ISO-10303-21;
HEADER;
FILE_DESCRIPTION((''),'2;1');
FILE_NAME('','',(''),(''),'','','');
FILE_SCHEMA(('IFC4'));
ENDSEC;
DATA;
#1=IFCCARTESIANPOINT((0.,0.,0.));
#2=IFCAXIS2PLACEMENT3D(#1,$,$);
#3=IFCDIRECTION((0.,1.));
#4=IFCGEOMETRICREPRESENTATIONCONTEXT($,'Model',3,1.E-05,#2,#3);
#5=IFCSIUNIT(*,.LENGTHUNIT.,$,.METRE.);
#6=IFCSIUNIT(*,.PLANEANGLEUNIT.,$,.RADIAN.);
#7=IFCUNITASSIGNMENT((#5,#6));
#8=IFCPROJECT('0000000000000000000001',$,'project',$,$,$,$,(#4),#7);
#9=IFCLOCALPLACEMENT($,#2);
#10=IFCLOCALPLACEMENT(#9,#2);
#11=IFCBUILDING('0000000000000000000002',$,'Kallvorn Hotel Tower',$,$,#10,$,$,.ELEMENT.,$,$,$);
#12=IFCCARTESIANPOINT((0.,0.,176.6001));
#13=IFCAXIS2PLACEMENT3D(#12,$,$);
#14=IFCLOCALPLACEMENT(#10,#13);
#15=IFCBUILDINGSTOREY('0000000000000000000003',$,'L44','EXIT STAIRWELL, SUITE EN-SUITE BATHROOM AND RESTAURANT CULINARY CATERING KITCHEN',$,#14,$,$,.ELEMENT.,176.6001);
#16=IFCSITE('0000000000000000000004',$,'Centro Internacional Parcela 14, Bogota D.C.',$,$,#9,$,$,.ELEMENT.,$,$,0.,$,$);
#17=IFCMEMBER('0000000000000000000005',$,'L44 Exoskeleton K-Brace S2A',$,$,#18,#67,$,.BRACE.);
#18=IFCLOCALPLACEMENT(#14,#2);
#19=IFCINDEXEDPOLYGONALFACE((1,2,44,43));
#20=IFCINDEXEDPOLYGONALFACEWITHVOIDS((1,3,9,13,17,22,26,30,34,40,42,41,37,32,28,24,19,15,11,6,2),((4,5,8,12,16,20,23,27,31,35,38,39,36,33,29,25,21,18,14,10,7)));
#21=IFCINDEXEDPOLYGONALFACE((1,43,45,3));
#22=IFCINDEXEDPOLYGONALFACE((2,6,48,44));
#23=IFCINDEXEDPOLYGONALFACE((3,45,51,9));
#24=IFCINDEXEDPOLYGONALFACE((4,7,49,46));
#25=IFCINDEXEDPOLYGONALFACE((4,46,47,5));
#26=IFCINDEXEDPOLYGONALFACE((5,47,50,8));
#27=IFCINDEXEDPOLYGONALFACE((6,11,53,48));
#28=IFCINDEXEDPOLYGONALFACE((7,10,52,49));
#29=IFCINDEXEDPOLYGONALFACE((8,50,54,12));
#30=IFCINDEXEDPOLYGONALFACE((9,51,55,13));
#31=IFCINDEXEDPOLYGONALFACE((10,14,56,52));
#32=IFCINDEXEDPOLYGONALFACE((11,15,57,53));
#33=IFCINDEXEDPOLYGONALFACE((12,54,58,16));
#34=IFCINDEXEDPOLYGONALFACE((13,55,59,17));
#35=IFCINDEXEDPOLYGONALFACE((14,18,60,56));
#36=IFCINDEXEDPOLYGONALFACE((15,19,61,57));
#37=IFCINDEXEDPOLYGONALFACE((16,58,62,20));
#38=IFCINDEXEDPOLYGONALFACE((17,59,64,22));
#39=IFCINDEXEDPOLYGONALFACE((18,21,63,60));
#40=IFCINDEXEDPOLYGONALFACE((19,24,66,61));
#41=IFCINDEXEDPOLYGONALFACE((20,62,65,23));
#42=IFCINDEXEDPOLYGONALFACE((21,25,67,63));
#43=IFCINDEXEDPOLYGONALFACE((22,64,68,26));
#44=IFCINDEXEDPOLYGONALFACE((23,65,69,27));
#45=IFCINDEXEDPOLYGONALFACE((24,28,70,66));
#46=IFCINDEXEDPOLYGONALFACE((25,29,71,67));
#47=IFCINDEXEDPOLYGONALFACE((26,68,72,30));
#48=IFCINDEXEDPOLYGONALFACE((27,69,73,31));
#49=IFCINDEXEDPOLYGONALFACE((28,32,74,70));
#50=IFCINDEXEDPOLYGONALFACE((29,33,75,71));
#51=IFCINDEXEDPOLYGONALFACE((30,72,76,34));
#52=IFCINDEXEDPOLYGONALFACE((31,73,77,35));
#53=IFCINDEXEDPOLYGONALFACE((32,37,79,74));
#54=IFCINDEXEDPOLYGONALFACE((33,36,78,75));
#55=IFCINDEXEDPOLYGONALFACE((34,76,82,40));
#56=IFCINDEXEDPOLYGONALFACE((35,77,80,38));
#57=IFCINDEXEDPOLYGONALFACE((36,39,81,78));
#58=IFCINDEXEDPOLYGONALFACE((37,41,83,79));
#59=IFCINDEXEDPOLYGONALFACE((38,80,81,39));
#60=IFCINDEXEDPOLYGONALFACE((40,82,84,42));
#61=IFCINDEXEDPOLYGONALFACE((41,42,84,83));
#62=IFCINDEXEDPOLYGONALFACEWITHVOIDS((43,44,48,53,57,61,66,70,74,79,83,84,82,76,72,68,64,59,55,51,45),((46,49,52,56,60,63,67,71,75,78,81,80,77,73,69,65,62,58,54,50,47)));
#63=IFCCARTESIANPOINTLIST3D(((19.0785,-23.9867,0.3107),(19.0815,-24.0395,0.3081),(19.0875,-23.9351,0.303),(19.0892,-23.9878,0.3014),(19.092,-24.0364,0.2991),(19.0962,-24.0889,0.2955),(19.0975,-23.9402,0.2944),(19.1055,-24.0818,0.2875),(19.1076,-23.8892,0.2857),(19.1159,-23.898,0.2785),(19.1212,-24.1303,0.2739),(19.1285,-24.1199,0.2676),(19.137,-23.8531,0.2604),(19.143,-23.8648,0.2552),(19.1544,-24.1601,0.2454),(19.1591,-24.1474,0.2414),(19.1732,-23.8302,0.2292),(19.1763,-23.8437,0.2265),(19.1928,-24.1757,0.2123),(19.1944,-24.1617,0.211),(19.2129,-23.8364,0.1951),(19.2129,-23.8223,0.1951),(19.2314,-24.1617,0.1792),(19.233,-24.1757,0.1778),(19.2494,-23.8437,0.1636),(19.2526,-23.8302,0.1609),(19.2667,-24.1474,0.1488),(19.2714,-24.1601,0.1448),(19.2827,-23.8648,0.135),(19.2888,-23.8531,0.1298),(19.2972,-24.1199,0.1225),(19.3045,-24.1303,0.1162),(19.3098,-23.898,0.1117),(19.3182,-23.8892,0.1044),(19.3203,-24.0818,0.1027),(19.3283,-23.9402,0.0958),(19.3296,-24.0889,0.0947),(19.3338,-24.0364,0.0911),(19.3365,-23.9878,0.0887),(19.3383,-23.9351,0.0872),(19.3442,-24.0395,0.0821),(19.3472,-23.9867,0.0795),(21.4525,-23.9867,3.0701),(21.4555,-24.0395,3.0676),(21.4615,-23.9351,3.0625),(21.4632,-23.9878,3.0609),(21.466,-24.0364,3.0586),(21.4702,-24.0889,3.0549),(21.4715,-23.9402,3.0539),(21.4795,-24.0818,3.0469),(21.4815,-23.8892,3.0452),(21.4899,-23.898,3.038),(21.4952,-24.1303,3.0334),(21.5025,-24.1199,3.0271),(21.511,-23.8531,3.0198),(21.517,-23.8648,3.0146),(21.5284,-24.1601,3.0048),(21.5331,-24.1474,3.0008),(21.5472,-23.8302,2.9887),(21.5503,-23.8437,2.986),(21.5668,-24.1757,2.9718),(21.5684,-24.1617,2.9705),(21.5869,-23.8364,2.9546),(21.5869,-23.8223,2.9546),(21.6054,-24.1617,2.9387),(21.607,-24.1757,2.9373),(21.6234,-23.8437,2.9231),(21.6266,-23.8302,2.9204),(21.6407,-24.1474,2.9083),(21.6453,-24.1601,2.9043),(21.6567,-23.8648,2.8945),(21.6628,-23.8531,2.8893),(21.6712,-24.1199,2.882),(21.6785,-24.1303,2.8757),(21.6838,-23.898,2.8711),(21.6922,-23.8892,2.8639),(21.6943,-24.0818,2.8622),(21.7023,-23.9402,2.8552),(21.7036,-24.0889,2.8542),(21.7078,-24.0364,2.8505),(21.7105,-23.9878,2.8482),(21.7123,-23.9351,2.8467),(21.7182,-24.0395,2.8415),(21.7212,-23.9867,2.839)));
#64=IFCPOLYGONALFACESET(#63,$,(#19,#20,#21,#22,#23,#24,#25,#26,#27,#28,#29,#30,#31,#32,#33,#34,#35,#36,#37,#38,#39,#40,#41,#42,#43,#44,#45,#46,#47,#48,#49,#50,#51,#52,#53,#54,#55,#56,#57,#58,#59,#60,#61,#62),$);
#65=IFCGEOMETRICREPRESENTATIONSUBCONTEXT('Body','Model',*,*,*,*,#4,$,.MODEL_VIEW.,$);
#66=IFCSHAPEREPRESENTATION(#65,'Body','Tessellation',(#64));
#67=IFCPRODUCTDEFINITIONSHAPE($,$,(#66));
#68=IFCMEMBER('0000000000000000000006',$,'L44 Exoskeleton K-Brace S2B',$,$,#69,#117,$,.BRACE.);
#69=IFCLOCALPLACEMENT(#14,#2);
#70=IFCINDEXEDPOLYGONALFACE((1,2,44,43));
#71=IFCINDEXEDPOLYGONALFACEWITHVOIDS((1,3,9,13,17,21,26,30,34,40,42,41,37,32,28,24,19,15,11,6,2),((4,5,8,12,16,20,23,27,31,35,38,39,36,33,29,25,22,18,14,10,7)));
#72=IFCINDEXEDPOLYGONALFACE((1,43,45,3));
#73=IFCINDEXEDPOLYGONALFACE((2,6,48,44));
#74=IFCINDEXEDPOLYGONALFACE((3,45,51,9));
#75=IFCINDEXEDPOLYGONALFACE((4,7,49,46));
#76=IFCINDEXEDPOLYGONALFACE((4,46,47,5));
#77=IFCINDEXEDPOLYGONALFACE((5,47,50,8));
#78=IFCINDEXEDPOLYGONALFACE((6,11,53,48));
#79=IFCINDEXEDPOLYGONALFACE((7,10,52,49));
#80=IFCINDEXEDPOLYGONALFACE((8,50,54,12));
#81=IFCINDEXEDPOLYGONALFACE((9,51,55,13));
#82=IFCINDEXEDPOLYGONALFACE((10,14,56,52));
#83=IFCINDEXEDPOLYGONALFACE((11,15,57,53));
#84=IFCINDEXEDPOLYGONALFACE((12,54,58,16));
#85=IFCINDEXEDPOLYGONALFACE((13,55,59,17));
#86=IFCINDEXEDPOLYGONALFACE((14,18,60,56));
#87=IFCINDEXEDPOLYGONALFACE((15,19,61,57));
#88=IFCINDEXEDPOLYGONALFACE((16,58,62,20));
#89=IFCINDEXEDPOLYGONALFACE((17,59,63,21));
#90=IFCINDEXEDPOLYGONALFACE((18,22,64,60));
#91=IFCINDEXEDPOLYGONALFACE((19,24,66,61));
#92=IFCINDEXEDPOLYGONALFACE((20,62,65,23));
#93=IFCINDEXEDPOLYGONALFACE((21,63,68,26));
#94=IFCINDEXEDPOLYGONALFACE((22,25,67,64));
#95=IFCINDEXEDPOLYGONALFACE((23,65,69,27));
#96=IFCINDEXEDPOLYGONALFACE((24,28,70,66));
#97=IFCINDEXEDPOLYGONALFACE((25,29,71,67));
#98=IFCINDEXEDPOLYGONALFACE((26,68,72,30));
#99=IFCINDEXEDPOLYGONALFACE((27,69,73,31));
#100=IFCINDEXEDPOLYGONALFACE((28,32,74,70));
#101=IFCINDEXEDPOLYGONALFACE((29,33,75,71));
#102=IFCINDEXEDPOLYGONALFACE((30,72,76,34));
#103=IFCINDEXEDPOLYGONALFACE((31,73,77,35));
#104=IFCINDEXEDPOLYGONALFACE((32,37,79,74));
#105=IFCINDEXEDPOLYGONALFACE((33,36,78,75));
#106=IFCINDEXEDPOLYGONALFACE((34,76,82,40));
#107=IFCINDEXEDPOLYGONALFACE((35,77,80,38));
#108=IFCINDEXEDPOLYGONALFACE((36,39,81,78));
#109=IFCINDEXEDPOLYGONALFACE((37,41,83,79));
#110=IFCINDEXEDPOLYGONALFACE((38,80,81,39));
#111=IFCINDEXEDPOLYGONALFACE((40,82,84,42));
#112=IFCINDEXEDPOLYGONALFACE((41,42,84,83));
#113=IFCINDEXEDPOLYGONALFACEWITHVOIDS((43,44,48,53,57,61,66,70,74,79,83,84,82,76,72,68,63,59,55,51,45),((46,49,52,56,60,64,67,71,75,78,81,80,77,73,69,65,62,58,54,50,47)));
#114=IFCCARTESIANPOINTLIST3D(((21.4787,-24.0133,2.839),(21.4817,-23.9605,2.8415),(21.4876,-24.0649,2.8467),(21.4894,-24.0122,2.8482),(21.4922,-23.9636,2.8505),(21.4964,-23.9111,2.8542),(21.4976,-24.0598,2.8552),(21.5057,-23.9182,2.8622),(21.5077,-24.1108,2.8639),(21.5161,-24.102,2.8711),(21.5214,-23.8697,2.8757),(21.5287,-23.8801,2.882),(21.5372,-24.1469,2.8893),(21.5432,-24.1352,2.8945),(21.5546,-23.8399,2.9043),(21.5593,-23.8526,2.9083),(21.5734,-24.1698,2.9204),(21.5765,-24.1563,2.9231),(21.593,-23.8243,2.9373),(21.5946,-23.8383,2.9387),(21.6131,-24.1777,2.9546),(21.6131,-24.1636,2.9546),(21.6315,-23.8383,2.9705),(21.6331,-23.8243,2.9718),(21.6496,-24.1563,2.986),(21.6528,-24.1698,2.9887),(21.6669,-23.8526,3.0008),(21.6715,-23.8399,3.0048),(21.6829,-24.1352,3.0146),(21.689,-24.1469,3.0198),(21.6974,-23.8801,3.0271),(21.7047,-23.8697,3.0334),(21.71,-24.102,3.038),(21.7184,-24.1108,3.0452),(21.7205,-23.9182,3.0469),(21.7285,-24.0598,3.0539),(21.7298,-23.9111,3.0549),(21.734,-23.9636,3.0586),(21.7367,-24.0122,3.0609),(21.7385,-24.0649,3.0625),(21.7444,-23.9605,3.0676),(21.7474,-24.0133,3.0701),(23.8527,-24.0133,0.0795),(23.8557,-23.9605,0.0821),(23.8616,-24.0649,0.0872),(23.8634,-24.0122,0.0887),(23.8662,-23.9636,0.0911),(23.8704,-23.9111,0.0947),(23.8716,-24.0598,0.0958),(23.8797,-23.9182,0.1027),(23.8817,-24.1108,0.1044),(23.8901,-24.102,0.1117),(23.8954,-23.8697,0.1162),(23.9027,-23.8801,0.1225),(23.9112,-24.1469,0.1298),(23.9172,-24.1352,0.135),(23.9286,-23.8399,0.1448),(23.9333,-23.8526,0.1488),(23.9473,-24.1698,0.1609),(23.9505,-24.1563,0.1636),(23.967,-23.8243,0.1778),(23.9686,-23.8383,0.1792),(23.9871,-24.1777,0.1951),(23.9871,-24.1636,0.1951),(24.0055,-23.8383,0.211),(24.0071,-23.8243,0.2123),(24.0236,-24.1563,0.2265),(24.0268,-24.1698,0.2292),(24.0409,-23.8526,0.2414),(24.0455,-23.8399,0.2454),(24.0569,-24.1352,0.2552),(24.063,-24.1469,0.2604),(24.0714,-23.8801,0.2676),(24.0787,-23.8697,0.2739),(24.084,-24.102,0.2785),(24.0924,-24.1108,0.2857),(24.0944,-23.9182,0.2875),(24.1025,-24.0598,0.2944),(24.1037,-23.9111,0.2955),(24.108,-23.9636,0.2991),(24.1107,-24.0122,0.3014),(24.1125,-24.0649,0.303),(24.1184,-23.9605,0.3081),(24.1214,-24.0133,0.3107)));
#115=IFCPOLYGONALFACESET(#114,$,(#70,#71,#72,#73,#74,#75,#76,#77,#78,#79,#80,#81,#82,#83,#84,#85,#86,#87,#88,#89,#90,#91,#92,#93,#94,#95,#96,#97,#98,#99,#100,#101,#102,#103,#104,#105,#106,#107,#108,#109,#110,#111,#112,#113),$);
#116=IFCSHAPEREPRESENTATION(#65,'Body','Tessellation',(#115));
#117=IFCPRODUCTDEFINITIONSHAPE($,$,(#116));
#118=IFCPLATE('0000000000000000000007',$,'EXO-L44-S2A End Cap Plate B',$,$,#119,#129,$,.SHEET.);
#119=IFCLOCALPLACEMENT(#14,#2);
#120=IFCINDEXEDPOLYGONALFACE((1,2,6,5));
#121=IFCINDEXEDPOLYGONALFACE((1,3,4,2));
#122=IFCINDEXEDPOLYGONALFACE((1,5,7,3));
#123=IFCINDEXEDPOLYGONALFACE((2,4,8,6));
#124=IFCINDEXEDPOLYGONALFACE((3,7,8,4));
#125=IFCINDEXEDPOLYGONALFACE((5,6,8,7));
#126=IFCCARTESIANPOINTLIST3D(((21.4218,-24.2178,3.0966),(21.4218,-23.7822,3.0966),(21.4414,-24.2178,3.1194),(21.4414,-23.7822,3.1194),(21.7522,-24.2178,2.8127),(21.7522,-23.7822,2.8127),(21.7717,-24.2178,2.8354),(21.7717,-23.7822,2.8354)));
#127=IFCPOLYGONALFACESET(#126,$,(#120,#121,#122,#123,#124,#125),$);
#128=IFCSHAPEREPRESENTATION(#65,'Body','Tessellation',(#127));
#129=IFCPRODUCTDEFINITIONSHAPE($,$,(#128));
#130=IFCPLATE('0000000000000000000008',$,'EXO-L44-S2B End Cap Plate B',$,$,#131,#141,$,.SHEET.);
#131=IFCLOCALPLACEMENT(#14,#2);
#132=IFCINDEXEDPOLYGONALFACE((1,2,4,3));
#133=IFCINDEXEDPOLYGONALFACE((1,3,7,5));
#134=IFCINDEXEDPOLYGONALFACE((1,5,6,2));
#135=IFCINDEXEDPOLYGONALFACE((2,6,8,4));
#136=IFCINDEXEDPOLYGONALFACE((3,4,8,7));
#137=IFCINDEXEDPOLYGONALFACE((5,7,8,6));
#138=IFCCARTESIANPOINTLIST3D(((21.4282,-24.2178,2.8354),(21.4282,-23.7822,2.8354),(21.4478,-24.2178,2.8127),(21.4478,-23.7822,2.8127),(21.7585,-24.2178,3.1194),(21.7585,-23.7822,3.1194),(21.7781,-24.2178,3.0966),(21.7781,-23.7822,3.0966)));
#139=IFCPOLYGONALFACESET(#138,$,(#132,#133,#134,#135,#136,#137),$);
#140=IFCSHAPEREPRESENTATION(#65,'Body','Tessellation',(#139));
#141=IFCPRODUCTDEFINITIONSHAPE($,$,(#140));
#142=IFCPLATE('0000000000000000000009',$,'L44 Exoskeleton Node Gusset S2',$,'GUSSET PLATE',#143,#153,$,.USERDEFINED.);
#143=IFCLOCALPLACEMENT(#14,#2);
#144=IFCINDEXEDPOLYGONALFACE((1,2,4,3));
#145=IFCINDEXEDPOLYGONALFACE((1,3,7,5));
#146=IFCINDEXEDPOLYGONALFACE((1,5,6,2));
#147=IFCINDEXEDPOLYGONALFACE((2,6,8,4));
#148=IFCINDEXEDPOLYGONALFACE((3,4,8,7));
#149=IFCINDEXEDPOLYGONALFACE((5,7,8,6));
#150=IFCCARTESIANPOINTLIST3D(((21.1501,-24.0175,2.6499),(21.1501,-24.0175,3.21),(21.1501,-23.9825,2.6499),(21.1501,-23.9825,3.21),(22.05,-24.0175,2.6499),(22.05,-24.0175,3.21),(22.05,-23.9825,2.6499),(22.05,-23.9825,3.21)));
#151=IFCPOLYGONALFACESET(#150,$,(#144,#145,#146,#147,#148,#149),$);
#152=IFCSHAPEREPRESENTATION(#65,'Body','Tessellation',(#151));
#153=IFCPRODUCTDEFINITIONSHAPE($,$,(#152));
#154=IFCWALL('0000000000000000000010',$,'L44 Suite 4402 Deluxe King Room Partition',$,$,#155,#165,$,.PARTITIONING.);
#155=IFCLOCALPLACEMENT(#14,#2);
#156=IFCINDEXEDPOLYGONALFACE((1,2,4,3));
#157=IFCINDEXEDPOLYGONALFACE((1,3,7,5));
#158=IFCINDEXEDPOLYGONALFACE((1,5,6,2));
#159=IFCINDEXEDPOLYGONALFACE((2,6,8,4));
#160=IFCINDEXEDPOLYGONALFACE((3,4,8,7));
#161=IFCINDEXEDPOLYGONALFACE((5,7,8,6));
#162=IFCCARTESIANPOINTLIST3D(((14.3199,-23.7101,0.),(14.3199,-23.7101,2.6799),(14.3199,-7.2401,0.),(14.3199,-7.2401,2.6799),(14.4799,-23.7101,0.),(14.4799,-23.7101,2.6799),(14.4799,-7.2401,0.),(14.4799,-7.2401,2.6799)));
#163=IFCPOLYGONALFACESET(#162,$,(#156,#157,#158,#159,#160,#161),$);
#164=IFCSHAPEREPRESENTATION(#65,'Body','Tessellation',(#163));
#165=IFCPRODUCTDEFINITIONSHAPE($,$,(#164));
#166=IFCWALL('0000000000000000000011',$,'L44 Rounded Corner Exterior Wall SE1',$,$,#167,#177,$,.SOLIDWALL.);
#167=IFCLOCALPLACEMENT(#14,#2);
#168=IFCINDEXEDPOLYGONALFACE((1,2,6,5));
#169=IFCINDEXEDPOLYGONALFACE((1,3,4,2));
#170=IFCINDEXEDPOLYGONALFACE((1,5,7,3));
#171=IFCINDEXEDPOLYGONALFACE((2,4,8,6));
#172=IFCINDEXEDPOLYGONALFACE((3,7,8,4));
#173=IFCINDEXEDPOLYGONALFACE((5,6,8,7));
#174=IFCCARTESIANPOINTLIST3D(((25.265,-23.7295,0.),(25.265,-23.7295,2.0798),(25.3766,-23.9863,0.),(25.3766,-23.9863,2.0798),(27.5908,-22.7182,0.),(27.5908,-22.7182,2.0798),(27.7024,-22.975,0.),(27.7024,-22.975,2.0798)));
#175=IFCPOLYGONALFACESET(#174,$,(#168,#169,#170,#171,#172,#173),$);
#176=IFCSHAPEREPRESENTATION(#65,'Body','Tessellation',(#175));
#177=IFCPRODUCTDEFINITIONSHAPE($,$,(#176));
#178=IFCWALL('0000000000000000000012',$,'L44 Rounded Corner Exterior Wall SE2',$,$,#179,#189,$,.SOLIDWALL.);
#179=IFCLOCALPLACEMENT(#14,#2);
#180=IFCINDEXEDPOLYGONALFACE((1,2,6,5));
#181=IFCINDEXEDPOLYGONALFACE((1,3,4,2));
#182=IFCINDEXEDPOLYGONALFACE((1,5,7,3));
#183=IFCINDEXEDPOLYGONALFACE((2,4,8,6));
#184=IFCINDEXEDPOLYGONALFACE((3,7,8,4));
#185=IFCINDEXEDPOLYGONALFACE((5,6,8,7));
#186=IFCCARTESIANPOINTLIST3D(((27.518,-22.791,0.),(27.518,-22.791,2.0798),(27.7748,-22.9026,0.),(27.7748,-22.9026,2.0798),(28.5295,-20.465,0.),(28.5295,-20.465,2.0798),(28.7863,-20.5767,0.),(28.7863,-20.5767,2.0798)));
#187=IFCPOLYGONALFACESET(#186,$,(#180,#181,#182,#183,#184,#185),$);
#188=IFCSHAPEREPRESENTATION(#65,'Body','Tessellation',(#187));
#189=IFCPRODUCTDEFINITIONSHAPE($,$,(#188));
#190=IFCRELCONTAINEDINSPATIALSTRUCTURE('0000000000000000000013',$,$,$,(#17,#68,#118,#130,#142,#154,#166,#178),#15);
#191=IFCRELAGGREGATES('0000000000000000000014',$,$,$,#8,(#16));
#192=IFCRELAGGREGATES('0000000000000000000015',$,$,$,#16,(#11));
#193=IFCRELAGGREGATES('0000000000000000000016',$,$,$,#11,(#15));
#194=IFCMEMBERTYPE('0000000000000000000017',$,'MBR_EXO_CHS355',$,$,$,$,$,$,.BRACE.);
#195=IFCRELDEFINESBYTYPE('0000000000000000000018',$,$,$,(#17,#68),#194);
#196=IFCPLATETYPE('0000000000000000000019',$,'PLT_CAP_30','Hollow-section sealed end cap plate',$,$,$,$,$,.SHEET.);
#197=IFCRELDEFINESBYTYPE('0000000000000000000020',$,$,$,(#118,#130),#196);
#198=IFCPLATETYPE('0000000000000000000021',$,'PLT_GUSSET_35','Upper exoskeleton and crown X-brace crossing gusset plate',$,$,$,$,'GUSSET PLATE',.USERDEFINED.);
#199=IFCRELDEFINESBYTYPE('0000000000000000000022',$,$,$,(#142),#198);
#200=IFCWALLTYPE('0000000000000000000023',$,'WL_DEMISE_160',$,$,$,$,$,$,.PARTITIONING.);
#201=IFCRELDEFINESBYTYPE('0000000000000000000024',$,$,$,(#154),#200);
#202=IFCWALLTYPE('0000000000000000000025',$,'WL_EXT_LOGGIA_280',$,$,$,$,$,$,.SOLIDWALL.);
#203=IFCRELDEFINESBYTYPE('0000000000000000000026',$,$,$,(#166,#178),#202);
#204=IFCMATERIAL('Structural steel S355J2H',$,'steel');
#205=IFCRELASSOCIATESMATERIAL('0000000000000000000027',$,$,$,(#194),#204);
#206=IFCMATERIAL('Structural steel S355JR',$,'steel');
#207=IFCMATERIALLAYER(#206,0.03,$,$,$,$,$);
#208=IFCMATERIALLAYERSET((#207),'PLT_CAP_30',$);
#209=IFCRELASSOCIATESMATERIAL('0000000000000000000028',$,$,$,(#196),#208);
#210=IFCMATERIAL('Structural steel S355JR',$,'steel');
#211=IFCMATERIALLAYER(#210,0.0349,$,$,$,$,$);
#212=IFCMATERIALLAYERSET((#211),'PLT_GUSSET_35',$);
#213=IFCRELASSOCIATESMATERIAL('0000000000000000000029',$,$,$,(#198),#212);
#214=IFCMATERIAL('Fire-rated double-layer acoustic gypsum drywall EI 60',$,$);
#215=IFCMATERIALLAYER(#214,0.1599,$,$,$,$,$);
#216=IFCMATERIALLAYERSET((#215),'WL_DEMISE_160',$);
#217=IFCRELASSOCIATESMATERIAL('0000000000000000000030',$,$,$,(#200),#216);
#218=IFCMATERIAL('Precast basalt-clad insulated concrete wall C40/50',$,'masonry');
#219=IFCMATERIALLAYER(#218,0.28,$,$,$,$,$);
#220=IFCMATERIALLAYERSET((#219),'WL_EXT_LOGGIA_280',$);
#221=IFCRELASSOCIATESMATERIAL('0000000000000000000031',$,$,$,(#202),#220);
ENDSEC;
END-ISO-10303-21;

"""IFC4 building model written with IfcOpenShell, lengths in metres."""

from ifc_helpers import new_model, si_unit, direction, frame, frame_2d, origin, origin_2d, place, context, subcontext, project, spatial, polyline, rectangle, hollow_circle, outline, extrude, material, layer, layer_set, material_profile, profile_set, type_object, element, save


model = new_model("IFC4")

# Units and contexts
model_context = context("Model", 3, precision=1e-05, world=origin(), true_north=direction((0.0, 1.0)))
body_context = subcontext(model_context, "Body", "Model", "MODEL_VIEW")
ifc_project = project(units=[si_unit("LENGTHUNIT", "METRE"), si_unit("PLANEANGLEUNIT", "RADIAN")], contexts=[model_context])

# Site, building, storey
site_placement = place(None, origin())
site = spatial("IfcSite", under=ifc_project, at=site_placement, Name="Centro Internacional Parcela 14, Bogota D.C.", CompositionType="ELEMENT", RefElevation=0.0)
building_placement = place(site_placement, origin())
building = spatial("IfcBuilding", under=site, at=building_placement, Name="Kallvorn Hotel Tower", CompositionType="ELEMENT")
storey_placement = place(building_placement, frame((0.0, 0.0, 176.6001)))
storey = spatial("IfcBuildingStorey", under=building, at=storey_placement, Name="L44", Description="EXIT STAIRWELL, SUITE EN-SUITE BATHROOM AND RESTAURANT CULINARY CATERING KITCHEN", CompositionType="ELEMENT", Elevation=176.6001)

# Members
ifc_material_1 = material(Name="Structural steel S355J2H", Category="steel")
ifc_material_profile_1 = material_profile(ifc_material_1, hollow_circle(Radius=0.1777, WallThickness=0.0142, at=origin_2d()), Name="CHS 355.6x14.2")
ifc_profile_set_1 = profile_set([ifc_material_profile_1], Name="Structural steel S355J2H")
member_type = type_object("IfcMemberType", Name="MBR_EXO_CHS355", PredefinedType="BRACE", material=ifc_profile_set_1)
for number, where, z_axis, x_axis, name in (
    (1, (19.2129, -24.0, 0.1951), (0.652171, 0.0, 0.758072), (0.0, 1.0, 0.0), "L44 Exoskeleton K-Brace S2A"),
    (2, (23.9871, -24.0, 0.1951), (-0.652171, 0.0, 0.758072), (0.0, -1.0, 0.0), "L44 Exoskeleton K-Brace S2B"),
):
    element("IfcMember", number, at=place(storey_placement, frame(where, z_axis=z_axis, x_axis=x_axis)), inside=storey, type_object=member_type, Name=name, PredefinedType="BRACE", context=body_context, shape_type="SweptSolid", body=[
        extrude(hollow_circle(Radius=0.1777, WallThickness=0.0142, at=origin_2d()), origin(), (0.0, 0.0, 1.0), 3.6401),
    ])

# Plates
ifc_material_2 = material(Name="Structural steel S355JR", Category="steel")
ifc_layer_1 = layer(ifc_material_2, 0.03)
ifc_layer_set_1 = layer_set([ifc_layer_1], Name="PLT_CAP_30")
plate_type_1 = type_object("IfcPlateType", Name="PLT_CAP_30", Description="Hollow-section sealed end cap plate", PredefinedType="SHEET", material=ifc_layer_set_1)
for number, where, z_axis, x_axis, name in (
    (3, (21.7717, -24.2178, 2.8354), (0.651852, 0.0, 0.758346), (0.0, 1.0, 0.0), "EXO-L44-S2A End Cap Plate B"),
    (4, (21.4282, -23.7822, 2.8354), (-0.651852, 0.0, 0.758346), (0.0, -1.0, 0.0), "EXO-L44-S2B End Cap Plate B"),
):
    element("IfcPlate", number, at=place(storey_placement, frame(where, z_axis=z_axis, x_axis=x_axis)), inside=storey, type_object=plate_type_1, Name=name, PredefinedType="SHEET", context=body_context, shape_type="SweptSolid", body=[
        extrude(outline(polyline([(0.0, 0.0), (0.4355, 0.0), (0.4355, 0.4356), (0.0, 0.4356), (0.0, 0.0)])), origin(), (0.0, 0.0, -1.0), 0.03),
    ])
ifc_material_3 = material(Name="Structural steel S355JR", Category="steel")
ifc_layer_2 = layer(ifc_material_3, 0.0349)
ifc_layer_set_2 = layer_set([ifc_layer_2], Name="PLT_GUSSET_35")
plate_type_2 = type_object("IfcPlateType", Name="PLT_GUSSET_35", Description="Upper exoskeleton and crown X-brace crossing gusset plate", ElementType="GUSSET PLATE", PredefinedType="USERDEFINED", material=ifc_layer_set_2)
plate_placement = place(storey_placement, frame((21.6001, -24.0, 2.6499), z_axis=(0.0, 0.0, 1.0), x_axis=(1.0, 0.0, 0.0)))
element("IfcPlate", 5, at=plate_placement, inside=storey, type_object=plate_type_2, Name="L44 Exoskeleton Node Gusset S2", ObjectType="GUSSET PLATE", PredefinedType="USERDEFINED", context=body_context, shape_type="SweptSolid", body=[
    extrude(rectangle(XDim=0.8999, YDim=0.0349, at=origin_2d()), origin(), (0.0, 0.0, 1.0), 0.5601),
])

# Walls
ifc_material_4 = material(Name="Fire-rated double-layer acoustic gypsum drywall EI 60")
ifc_layer_3 = layer(ifc_material_4, 0.1599)
ifc_layer_set_3 = layer_set([ifc_layer_3], Name="WL_DEMISE_160")
wall_type_1 = type_object("IfcWallType", Name="WL_DEMISE_160", PredefinedType="PARTITIONING", material=ifc_layer_set_3)
wall_1_placement = place(storey_placement, frame((14.3999, -23.71, 0.0), z_axis=(0.0, 0.0, 1.0), x_axis=(0.0, 1.0, 0.0)))
element("IfcWall", 6, at=wall_1_placement, inside=storey, type_object=wall_type_1, Name="L44 Suite 4402 Deluxe King Room Partition", PredefinedType="PARTITIONING", context=body_context, shape_type="SweptSolid", body=[
    extrude(rectangle(XDim=16.47, YDim=0.1599, at=frame_2d((8.2349, 0.0))), origin(), (0.0, 0.0, 1.0), 2.6799),
])
ifc_material_5 = material(Name="Precast basalt-clad insulated concrete wall C40/50", Category="masonry")
ifc_layer_4 = layer(ifc_material_5, 0.28)
ifc_layer_set_4 = layer_set([ifc_layer_4], Name="WL_EXT_LOGGIA_280")
wall_type_2 = type_object("IfcWallType", Name="WL_EXT_LOGGIA_280", PredefinedType="SOLIDWALL", material=ifc_layer_set_4)
wall_2_placement = place(storey_placement, frame((25.3208, -23.8579, 0.0), z_axis=(0.0, 0.0, 1.0), x_axis=(0.917061, 0.398747, 0.0)))
element("IfcWall", 7, at=wall_2_placement, inside=storey, type_object=wall_type_2, Name="L44 Rounded Corner Exterior Wall SE1", PredefinedType="SOLIDWALL", context=body_context, shape_type="SweptSolid", body=[
    extrude(rectangle(XDim=2.5361, YDim=0.28, at=frame_2d((1.2681, 0.0))), origin(), (0.0, 0.0, 1.0), 2.0798),
])
wall_3_placement = place(storey_placement, frame((27.6465, -22.8467, 0.0), z_axis=(0.0, 0.0, 1.0), x_axis=(0.398793, 0.917041, 0.0)))
element("IfcWall", 8, at=wall_3_placement, inside=storey, type_object=wall_type_2, Name="L44 Rounded Corner Exterior Wall SE2", PredefinedType="SOLIDWALL", context=body_context, shape_type="SweptSolid", body=[
    extrude(rectangle(XDim=2.5364, YDim=0.28, at=frame_2d((1.2681, 0.0))), origin(), (0.0, 0.0, 1.0), 2.0798),
])

save(model, "model.ifc")
